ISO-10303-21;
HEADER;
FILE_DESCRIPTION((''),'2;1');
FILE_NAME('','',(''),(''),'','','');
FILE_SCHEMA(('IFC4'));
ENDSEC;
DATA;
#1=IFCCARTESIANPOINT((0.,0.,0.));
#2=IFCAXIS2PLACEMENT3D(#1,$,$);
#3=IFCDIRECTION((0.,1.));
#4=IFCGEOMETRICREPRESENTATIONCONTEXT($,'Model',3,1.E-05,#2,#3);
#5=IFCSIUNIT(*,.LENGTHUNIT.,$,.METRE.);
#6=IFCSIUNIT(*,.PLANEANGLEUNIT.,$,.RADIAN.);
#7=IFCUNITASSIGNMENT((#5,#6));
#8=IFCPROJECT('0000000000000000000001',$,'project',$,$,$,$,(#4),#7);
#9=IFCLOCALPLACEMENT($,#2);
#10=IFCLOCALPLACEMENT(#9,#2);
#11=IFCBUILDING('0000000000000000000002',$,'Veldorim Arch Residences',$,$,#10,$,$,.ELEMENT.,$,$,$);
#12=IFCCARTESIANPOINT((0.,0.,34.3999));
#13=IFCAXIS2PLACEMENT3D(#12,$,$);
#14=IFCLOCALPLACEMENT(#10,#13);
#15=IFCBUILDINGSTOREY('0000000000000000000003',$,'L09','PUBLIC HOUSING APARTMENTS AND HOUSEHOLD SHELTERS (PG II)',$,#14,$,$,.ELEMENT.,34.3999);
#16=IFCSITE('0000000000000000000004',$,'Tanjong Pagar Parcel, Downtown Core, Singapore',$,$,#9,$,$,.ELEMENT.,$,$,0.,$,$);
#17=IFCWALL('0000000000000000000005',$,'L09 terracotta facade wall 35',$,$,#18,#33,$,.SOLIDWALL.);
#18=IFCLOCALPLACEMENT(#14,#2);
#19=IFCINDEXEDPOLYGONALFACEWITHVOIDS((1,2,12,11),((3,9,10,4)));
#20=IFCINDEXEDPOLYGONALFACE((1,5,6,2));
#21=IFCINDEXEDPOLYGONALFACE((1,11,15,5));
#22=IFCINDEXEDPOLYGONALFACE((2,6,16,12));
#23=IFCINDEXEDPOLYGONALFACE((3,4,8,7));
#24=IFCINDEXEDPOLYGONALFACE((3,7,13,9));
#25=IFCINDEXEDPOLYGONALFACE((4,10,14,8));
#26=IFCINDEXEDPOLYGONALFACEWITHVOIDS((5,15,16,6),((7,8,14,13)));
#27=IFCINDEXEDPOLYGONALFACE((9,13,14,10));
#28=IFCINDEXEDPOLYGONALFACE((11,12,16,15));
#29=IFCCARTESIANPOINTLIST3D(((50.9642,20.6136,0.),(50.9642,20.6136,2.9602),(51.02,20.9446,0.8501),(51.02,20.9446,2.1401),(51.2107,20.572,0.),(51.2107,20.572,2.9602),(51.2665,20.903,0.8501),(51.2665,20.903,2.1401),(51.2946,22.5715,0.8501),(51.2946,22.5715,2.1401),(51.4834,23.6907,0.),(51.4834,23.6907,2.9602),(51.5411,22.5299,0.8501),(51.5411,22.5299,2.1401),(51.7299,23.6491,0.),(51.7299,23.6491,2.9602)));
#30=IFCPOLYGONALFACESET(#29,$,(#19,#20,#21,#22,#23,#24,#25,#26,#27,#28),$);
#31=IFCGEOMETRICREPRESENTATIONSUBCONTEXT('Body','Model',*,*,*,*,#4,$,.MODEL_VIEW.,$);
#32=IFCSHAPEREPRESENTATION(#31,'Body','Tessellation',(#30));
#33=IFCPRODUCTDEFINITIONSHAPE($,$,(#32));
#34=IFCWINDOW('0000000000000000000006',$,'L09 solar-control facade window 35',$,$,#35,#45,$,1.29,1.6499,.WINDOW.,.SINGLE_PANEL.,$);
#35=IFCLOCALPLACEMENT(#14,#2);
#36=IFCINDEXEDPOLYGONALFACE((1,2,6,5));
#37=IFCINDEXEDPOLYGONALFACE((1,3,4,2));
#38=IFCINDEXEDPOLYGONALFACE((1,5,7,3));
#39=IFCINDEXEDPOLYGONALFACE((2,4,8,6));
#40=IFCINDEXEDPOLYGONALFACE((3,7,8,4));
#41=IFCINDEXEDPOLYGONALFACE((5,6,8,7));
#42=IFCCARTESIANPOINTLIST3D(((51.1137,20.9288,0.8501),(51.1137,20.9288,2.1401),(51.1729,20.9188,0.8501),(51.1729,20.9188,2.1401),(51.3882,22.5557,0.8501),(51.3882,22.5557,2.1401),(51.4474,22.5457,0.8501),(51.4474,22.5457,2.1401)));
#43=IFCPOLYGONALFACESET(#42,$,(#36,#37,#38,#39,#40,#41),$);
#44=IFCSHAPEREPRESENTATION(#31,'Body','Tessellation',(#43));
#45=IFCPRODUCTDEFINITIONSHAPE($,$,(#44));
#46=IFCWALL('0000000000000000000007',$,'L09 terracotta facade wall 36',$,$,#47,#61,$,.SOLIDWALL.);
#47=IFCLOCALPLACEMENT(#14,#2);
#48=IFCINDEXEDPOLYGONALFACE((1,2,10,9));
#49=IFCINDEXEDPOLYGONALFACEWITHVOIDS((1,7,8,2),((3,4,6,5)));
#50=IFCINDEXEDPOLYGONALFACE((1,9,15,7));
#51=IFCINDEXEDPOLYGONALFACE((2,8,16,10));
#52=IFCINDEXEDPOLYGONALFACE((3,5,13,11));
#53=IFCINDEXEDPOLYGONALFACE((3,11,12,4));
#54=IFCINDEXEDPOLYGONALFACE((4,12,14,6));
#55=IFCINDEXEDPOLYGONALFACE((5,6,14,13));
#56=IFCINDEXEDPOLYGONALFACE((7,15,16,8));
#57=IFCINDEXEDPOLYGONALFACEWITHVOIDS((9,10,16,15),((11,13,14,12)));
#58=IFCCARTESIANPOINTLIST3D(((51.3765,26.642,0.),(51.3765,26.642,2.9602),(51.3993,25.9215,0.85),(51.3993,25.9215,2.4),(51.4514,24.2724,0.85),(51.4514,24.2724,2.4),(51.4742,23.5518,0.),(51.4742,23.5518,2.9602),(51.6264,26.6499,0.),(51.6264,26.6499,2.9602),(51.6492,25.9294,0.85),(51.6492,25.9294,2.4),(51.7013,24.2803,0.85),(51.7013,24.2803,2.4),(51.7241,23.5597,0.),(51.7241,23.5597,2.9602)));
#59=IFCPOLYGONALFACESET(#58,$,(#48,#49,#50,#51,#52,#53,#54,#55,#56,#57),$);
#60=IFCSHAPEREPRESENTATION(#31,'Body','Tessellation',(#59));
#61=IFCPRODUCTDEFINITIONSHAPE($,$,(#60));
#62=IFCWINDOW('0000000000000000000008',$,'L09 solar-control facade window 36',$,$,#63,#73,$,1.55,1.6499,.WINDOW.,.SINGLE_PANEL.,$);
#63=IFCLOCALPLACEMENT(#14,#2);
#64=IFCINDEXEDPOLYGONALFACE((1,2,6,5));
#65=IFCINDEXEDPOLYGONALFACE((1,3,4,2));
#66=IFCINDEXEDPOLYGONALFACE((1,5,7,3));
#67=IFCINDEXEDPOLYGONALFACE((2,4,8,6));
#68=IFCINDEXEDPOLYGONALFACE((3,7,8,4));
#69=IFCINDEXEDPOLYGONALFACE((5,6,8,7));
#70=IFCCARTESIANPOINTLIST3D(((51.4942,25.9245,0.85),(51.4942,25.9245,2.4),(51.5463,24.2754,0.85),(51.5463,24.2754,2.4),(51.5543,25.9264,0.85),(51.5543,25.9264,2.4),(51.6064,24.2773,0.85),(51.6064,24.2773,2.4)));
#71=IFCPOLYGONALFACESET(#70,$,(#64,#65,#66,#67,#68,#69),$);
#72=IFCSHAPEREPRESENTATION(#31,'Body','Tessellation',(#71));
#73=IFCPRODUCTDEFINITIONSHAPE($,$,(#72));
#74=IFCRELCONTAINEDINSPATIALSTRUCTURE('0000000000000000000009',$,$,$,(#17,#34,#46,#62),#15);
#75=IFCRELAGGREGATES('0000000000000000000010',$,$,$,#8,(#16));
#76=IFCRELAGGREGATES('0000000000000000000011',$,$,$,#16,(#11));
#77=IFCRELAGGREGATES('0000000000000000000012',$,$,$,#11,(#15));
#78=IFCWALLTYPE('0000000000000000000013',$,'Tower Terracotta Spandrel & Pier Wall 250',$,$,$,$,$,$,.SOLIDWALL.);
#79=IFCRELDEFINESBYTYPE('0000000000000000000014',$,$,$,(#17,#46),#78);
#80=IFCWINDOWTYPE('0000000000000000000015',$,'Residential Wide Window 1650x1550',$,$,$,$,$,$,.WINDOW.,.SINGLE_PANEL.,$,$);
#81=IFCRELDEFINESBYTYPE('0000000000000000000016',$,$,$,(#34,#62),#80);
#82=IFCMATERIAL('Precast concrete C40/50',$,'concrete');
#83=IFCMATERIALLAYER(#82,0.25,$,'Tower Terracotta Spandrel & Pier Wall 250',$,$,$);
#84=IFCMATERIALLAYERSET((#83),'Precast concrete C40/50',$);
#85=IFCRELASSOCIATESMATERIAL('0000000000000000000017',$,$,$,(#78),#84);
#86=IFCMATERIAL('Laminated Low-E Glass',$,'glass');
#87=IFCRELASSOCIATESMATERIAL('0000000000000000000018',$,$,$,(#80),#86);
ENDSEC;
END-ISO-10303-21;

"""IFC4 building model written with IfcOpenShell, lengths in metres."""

from ifc_helpers import new_model, si_unit, direction, frame, frame_2d, origin, place, context, subcontext, project, spatial, rectangle, extrude, material, layer, layer_set, type_object, element, fill, save


model = new_model("IFC4")

# Units and contexts
model_context = context("Model", 3, precision=1e-05, world=origin(), true_north=direction((0.0, 1.0)))
body_context = subcontext(model_context, "Body", "Model", "MODEL_VIEW")
ifc_project = project(units=[si_unit("LENGTHUNIT", "METRE"), si_unit("PLANEANGLEUNIT", "RADIAN")], contexts=[model_context])

# Site, building, storey
site_placement = place(None, origin())
site = spatial("IfcSite", under=ifc_project, at=site_placement, Name="Tanjong Pagar Parcel, Downtown Core, Singapore", CompositionType="ELEMENT", RefElevation=0.0)
building_placement = place(site_placement, origin())
building = spatial("IfcBuilding", under=site, at=building_placement, Name="Veldorim Arch Residences", CompositionType="ELEMENT")
storey_placement = place(building_placement, frame((0.0, 0.0, 34.3999)))
storey = spatial("IfcBuildingStorey", under=building, at=storey_placement, Name="L09", Description="PUBLIC HOUSING APARTMENTS AND HOUSEHOLD SHELTERS (PG II)", CompositionType="ELEMENT", Elevation=34.3999)

# Walls, openings, windows
ifc_material_1 = material(Name="Precast concrete C40/50", Category="concrete")
ifc_layer_1 = layer(ifc_material_1, 0.25, Name="Tower Terracotta Spandrel & Pier Wall 250")
ifc_layer_set_1 = layer_set([ifc_layer_1], Name="Precast concrete C40/50")
wall_type_1 = type_object("IfcWallType", Name="Tower Terracotta Spandrel & Pier Wall 250", PredefinedType="SOLIDWALL", material=ifc_layer_set_1)
wall_1_placement = place(storey_placement, frame((51.6067, 23.6699, 0.0), z_axis=(0.0, 0.0, 1.0), x_axis=(-0.166403, -0.986058, 0.0)))
wall_1 = element("IfcWall", 1, at=wall_1_placement, inside=storey, type_object=wall_type_1, Name="L09 terracotta facade wall 35", PredefinedType="SOLIDWALL", context=body_context, shape_type="SweptSolid", body=[
    extrude(rectangle(XDim=3.1206, YDim=0.25, at=frame_2d((1.5603, 0.0))), origin(), (0.0, 0.0, 1.0), 2.9602),
])
opening_1_placement = place(wall_1_placement, frame((1.135, 0.0, 0.8501)))
opening_1 = element("IfcOpeningElement", 2, at=opening_1_placement, cuts=wall_1, PredefinedType="OPENING", context=body_context, shape_type="SweptSolid", body=[
    extrude(rectangle(XDim=1.6499, YDim=1.29, at=frame_2d((0.825, 0.645))), frame((0.0, 0.135, 0.0), z_axis=(0.0, -1.0, 0.0), x_axis=(1.0, 0.0, 0.0)), (0.0, 0.0, 1.0), 0.27),
])
ifc_material_2 = material(Name="Laminated Low-E Glass", Category="glass")
window_type = type_object("IfcWindowType", Name="Residential Wide Window 1650x1550", PartitioningType="SINGLE_PANEL", PredefinedType="WINDOW", material=ifc_material_2)
window_1_placement = place(opening_1_placement, origin())
window_1 = element("IfcWindow", 3, at=window_1_placement, inside=storey, type_object=window_type, Name="L09 solar-control facade window 35", OverallHeight=1.29, OverallWidth=1.6499, PartitioningType="SINGLE_PANEL", PredefinedType="WINDOW", context=body_context, shape_type="SweptSolid", body=[
    extrude(rectangle(XDim=1.6499, YDim=1.29, at=frame_2d((0.825, 0.645))), frame((0.0, 0.03, 0.0), z_axis=(0.0, -1.0, 0.0), x_axis=(1.0, 0.0, 0.0)), (0.0, 0.0, 1.0), 0.0601),
])
fill(opening_1, window_1)
wall_2_placement = place(storey_placement, frame((51.5015, 26.646, 0.0), z_axis=(0.0, 0.0, 1.0), x_axis=(0.031585, -0.999501, 0.0)))
wall_2 = element("IfcWall", 4, at=wall_2_placement, inside=storey, type_object=wall_type_1, Name="L09 terracotta facade wall 36", PredefinedType="SOLIDWALL", context=body_context, shape_type="SweptSolid", body=[
    extrude(rectangle(XDim=3.0918, YDim=0.25, at=frame_2d((1.5459, 0.0))), origin(), (0.0, 0.0, 1.0), 2.9602),
])
opening_2_placement = place(wall_2_placement, frame((0.7209, 0.0, 0.8501)))
opening_2 = element("IfcOpeningElement", 5, at=opening_2_placement, cuts=wall_2, PredefinedType="OPENING", context=body_context, shape_type="SweptSolid", body=[
    extrude(rectangle(XDim=1.6499, YDim=1.55, at=frame_2d((0.825, 0.7749))), frame((0.0, 0.135, 0.0), z_axis=(0.0, -1.0, 0.0), x_axis=(1.0, 0.0, 0.0)), (0.0, 0.0, 1.0), 0.27),
])
window_2_placement = place(opening_2_placement, origin())
window_2 = element("IfcWindow", 6, at=window_2_placement, inside=storey, type_object=window_type, Name="L09 solar-control facade window 36", OverallHeight=1.55, OverallWidth=1.6499, PartitioningType="SINGLE_PANEL", PredefinedType="WINDOW", context=body_context, shape_type="SweptSolid", body=[
    extrude(rectangle(XDim=1.6499, YDim=1.55, at=frame_2d((0.825, 0.7749))), frame((0.0, 0.03, 0.0), z_axis=(0.0, -1.0, 0.0), x_axis=(1.0, 0.0, 0.0)), (0.0, 0.0, 1.0), 0.0601),
])
fill(opening_2, window_2)

save(model, "model.ifc")
